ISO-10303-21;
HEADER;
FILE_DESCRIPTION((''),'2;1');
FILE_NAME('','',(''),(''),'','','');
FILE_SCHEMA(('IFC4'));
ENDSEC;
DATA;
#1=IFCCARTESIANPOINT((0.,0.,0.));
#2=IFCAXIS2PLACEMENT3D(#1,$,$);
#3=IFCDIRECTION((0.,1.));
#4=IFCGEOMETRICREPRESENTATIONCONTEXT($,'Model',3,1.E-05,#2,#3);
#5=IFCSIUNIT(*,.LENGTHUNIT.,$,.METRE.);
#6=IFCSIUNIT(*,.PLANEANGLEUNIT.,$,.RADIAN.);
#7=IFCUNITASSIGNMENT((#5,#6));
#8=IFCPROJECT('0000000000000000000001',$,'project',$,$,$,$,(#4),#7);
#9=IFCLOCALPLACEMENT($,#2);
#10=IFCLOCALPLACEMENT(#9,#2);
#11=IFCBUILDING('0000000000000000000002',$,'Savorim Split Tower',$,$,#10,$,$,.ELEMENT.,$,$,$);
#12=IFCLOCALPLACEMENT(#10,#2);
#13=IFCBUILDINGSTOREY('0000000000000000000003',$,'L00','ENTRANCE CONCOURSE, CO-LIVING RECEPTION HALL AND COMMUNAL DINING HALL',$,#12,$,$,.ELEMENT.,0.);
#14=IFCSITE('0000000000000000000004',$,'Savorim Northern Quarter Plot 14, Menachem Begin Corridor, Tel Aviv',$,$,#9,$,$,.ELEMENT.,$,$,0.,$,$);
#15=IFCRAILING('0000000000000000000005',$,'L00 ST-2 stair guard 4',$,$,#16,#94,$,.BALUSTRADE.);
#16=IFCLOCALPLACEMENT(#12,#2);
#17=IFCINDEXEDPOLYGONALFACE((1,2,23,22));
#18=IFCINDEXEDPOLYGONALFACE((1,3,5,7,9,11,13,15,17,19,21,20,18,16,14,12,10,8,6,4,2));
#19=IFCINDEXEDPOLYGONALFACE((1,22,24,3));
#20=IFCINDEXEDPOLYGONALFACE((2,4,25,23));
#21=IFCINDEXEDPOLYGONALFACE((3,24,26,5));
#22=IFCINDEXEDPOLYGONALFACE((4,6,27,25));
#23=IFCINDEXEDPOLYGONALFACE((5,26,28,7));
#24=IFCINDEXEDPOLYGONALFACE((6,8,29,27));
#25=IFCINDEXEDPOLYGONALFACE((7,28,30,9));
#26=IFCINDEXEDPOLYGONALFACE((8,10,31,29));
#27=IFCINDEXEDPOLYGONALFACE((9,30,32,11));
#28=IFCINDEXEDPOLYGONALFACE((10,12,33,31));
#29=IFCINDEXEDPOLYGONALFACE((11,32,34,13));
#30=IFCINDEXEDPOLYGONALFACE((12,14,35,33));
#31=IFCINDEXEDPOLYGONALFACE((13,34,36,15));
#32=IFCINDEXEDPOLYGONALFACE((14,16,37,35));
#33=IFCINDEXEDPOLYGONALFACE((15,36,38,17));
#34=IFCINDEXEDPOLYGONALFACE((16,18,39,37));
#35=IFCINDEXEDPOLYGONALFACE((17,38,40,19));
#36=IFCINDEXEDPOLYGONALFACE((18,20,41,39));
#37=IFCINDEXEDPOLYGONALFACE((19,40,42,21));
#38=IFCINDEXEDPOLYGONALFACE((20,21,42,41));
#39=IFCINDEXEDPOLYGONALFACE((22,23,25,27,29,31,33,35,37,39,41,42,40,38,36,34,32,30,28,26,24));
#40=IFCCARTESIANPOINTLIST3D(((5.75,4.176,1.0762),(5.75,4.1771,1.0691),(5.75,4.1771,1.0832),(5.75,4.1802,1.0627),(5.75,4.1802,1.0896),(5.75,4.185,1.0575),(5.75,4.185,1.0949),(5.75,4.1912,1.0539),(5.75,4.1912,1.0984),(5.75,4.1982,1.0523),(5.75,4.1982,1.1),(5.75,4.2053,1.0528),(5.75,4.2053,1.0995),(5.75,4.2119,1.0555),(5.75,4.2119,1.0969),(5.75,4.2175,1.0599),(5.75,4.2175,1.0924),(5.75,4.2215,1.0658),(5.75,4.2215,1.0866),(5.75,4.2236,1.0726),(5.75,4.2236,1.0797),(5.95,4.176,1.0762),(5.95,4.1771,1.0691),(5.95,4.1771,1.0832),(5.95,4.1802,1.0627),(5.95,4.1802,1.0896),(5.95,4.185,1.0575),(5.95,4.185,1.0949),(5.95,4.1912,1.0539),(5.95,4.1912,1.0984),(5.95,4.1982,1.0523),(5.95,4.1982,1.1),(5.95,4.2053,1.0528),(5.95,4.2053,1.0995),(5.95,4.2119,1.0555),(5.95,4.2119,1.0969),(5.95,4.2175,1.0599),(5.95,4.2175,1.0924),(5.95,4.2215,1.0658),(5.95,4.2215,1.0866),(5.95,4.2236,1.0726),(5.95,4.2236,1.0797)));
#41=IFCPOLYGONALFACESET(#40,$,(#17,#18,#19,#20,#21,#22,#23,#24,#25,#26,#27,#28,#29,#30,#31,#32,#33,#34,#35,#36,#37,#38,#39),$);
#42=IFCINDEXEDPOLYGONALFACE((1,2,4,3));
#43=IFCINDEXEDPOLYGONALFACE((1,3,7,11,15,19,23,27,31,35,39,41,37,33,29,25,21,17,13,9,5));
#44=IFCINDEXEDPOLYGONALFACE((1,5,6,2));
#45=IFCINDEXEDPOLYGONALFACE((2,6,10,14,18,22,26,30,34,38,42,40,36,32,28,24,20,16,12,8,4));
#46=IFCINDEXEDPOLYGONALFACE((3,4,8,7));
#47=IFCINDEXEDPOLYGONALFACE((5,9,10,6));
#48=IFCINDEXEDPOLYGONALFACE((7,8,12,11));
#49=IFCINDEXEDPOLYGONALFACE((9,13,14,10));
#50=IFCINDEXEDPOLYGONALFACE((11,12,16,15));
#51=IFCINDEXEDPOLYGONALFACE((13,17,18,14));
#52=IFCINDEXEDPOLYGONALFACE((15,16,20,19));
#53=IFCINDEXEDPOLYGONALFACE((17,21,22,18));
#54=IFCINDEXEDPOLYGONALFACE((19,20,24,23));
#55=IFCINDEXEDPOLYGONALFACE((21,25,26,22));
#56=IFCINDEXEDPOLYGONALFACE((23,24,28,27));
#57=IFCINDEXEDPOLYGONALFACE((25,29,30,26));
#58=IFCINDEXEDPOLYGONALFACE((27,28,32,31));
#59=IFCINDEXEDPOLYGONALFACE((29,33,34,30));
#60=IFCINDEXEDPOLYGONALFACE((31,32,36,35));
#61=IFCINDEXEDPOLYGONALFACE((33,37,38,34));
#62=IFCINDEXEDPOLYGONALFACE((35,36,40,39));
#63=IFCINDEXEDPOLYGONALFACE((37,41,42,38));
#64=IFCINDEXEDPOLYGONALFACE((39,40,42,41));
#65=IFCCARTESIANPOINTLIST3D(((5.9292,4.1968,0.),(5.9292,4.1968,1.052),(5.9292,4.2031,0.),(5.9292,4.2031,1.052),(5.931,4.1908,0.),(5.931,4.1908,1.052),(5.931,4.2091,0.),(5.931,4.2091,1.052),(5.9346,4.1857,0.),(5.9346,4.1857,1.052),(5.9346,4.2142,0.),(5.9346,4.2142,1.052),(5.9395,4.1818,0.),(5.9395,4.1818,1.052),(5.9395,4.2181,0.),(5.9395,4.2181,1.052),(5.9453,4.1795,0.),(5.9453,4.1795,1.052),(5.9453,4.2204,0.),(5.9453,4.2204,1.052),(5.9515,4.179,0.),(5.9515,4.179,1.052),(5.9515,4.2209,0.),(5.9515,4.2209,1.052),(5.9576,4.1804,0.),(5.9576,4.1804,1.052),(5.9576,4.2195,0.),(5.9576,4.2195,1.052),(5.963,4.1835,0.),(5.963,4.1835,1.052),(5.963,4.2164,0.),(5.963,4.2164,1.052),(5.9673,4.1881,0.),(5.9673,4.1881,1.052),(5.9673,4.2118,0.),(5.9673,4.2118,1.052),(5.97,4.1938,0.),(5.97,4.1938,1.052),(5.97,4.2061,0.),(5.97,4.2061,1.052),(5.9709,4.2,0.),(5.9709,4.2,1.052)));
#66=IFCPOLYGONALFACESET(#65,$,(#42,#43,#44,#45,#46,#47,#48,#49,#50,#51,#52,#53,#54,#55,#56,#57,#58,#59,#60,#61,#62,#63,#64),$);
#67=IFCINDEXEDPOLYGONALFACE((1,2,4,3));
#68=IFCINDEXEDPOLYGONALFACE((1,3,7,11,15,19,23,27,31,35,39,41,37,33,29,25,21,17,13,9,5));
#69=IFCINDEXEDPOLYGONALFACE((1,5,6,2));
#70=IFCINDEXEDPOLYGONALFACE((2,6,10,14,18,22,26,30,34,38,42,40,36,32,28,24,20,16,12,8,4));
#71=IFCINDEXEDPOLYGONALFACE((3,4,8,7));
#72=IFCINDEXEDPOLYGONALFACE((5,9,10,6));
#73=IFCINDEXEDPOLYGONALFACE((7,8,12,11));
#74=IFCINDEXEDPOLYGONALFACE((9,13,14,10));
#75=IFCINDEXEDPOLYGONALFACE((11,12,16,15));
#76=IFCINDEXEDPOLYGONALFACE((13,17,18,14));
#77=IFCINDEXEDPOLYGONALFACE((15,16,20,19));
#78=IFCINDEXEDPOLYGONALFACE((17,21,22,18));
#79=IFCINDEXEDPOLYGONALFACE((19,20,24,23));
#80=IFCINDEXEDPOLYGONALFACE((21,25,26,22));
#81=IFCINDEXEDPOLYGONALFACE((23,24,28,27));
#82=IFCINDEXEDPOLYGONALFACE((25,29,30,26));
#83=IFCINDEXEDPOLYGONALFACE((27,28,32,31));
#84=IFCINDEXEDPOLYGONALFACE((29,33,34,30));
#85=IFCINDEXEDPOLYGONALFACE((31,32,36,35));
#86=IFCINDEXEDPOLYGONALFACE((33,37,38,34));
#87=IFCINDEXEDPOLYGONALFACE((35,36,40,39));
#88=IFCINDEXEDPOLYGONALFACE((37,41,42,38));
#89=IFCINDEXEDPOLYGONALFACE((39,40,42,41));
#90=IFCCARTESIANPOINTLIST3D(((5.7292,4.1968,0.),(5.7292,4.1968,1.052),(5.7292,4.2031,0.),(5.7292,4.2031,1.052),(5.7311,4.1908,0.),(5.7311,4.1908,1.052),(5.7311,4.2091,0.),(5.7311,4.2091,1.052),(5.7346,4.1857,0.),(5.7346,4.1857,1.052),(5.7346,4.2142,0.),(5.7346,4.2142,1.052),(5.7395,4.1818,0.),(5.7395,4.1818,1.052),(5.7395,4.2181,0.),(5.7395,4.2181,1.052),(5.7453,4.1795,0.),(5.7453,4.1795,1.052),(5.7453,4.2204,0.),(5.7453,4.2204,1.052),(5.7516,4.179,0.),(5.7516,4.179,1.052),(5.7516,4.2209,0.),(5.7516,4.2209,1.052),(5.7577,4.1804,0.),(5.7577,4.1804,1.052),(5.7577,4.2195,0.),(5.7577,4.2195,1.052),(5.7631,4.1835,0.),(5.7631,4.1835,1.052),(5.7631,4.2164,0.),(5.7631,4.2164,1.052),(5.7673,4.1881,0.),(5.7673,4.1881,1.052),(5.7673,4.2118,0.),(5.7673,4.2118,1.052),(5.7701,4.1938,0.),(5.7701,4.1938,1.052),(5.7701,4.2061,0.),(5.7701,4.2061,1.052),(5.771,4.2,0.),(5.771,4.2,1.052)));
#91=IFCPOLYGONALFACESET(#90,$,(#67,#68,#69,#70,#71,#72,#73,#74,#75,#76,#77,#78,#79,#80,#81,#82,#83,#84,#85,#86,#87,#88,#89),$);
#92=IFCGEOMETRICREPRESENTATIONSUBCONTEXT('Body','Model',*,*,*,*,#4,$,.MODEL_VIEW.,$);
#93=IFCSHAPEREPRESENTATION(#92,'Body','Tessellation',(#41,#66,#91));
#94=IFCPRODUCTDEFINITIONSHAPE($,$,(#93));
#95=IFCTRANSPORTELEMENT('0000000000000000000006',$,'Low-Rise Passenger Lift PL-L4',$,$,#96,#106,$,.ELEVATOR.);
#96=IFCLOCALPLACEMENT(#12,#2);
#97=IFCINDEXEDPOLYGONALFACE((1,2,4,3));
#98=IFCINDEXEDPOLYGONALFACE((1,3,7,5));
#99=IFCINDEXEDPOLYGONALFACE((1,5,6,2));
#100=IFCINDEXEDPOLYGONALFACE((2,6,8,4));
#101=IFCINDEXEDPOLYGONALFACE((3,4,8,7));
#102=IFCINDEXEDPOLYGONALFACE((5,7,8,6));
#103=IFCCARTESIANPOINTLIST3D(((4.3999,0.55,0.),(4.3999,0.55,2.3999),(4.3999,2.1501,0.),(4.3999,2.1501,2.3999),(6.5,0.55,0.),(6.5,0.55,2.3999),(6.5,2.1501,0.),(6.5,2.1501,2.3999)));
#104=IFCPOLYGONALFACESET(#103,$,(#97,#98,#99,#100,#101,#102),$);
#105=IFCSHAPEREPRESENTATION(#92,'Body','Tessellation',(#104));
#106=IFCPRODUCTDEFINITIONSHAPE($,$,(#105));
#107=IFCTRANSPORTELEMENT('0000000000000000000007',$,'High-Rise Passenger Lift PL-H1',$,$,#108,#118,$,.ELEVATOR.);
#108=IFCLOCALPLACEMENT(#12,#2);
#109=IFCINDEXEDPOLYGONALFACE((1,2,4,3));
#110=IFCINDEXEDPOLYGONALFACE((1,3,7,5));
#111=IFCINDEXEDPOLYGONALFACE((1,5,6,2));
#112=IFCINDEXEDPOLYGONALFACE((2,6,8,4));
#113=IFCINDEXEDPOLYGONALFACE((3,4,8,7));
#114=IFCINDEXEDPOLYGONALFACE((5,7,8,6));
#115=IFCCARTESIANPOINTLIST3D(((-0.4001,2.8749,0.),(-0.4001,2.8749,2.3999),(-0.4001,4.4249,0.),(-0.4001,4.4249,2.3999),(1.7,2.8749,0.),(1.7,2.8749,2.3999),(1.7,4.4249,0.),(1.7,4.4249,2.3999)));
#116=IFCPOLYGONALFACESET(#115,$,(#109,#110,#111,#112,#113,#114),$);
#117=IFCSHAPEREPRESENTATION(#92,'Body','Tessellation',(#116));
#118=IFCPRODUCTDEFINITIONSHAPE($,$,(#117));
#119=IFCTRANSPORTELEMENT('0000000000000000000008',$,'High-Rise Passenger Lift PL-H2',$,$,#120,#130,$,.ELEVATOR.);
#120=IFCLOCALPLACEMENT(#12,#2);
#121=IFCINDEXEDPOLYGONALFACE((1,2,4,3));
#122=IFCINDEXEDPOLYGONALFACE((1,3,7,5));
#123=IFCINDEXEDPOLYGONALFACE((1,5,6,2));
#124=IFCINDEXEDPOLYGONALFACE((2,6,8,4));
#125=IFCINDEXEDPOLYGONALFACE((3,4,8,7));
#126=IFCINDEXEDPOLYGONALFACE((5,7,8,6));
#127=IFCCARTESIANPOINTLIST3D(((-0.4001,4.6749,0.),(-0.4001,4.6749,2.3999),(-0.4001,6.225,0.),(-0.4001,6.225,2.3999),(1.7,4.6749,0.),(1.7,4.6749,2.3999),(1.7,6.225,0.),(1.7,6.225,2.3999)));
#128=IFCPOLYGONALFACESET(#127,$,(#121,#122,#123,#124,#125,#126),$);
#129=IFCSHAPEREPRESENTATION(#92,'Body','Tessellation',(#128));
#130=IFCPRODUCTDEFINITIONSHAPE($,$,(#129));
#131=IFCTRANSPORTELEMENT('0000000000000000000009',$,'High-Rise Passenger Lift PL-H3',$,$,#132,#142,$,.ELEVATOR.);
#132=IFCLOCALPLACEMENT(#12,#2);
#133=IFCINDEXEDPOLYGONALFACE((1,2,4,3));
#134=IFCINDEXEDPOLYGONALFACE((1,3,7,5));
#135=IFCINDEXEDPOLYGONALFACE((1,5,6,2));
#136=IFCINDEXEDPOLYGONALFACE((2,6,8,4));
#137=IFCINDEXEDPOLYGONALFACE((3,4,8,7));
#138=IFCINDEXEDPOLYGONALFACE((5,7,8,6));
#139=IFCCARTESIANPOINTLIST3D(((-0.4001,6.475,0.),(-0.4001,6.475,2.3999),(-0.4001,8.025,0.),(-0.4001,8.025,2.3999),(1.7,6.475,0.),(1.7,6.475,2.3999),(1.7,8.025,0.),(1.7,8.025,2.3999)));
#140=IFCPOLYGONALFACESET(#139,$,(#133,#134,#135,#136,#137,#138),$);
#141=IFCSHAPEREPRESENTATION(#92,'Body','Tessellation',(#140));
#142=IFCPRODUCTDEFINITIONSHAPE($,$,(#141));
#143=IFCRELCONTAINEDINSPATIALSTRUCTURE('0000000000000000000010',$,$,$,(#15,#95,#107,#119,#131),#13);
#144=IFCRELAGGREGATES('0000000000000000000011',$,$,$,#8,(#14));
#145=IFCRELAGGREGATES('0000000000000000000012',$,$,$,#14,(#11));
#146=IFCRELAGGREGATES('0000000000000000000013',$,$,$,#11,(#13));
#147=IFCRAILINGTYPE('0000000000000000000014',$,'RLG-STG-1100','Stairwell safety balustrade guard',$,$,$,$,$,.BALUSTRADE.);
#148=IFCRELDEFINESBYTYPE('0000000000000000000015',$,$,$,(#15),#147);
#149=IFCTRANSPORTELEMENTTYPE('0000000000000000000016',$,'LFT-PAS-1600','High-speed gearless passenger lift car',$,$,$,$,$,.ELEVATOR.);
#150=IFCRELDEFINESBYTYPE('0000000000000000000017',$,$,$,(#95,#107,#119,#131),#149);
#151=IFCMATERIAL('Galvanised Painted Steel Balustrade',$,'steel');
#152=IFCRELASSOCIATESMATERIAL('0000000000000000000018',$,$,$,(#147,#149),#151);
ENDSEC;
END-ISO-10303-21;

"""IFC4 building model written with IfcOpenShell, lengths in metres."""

from ifc_helpers import new_model, si_unit, direction, frame, origin, origin_2d, place, context, subcontext, project, spatial, rectangle, circle, extrude, material, type_object, element, save


model = new_model("IFC4")

# Units and contexts
model_context = context("Model", 3, precision=1e-05, world=origin(), true_north=direction((0.0, 1.0)))
body_context = subcontext(model_context, "Body", "Model", "MODEL_VIEW")
ifc_project = project(units=[si_unit("LENGTHUNIT", "METRE"), si_unit("PLANEANGLEUNIT", "RADIAN")], contexts=[model_context])

# Site, building, storey
site_placement = place(None, origin())
site = spatial("IfcSite", under=ifc_project, at=site_placement, Name="Savorim Northern Quarter Plot 14, Menachem Begin Corridor, Tel Aviv", CompositionType="ELEMENT", RefElevation=0.0)
building_placement = place(site_placement, origin())
building = spatial("IfcBuilding", under=site, at=building_placement, Name="Savorim Split Tower", CompositionType="ELEMENT")
storey_placement = place(building_placement, origin())
storey = spatial("IfcBuildingStorey", under=building, at=storey_placement, Name="L00", Description="ENTRANCE CONCOURSE, CO-LIVING RECEPTION HALL AND COMMUNAL DINING HALL", CompositionType="ELEMENT", Elevation=0.0)

# Railing
ifc_material_1 = material(Name="Galvanised Painted Steel Balustrade", Category="steel")
railing_type_1 = type_object("IfcRailingType", Name="RLG-STG-1100", Description="Stairwell safety balustrade guard", PredefinedType="BALUSTRADE", material=ifc_material_1)
railing_1_placement = place(storey_placement, frame((5.95, 4.2, 0.0)))
element("IfcRailing", 1, at=railing_1_placement, inside=storey, type_object=railing_type_1, Name="L00 ST-2 stair guard 4", PredefinedType="BALUSTRADE", context=body_context, shape_type="SweptSolid", body=[
    extrude(circle(Radius=0.0239, at=origin_2d()), frame((0.0, 0.0, 1.0762), z_axis=(-1.0, 0.0, 0.0), x_axis=(0.0, -1.0, 0.0)), (0.0, 0.0, 1.0), 0.2),
    extrude(circle(Radius=0.021, at=origin_2d()), origin(), (0.0, 0.0, 1.0), 1.052),
    extrude(circle(Radius=0.021, at=origin_2d()), frame((-0.2, 0.0, 0.0)), (0.0, 0.0, 1.0), 1.052),
])

# Transport elements
transport_element_type = type_object("IfcTransportElementType", Name="LFT-PAS-1600", Description="High-speed gearless passenger lift car", PredefinedType="ELEVATOR", material=ifc_material_1)
transport_element_placement = place(storey_placement, frame((5.45, 1.3501, 0.0), z_axis=(0.0, 0.0, 1.0), x_axis=(1.0, 0.0, 0.0)))
element("IfcTransportElement", 2, at=transport_element_placement, inside=storey, type_object=transport_element_type, Name="Low-Rise Passenger Lift PL-L4", PredefinedType="ELEVATOR", context=body_context, shape_type="SweptSolid", body=[
    extrude(rectangle(XDim=2.1001, YDim=1.6001, at=origin_2d()), origin(), (0.0, 0.0, 1.0), 2.3999),
])
for number, where, z_axis, x_axis, name in (
    (3, (0.6499, 3.6499, 0.0), (0.0, 0.0, 1.0), (1.0, 0.0, 0.0), "High-Rise Passenger Lift PL-H1"),
    (4, (0.6499, 5.45, 0.0), (0.0, 0.0, 1.0), (1.0, 0.0, 0.0), "High-Rise Passenger Lift PL-H2"),
    (5, (0.6499, 7.25, 0.0), (0.0, 0.0, 1.0), (1.0, 0.0, 0.0), "High-Rise Passenger Lift PL-H3"),
):
    element("IfcTransportElement", number, at=place(storey_placement, frame(where, z_axis=z_axis, x_axis=x_axis)), inside=storey, type_object=transport_element_type, Name=name, PredefinedType="ELEVATOR", context=body_context, shape_type="SweptSolid", body=[
        extrude(rectangle(XDim=2.1001, YDim=1.55, at=origin_2d()), origin(), (0.0, 0.0, 1.0), 2.3999),
    ])

save(model, "model.ifc")
